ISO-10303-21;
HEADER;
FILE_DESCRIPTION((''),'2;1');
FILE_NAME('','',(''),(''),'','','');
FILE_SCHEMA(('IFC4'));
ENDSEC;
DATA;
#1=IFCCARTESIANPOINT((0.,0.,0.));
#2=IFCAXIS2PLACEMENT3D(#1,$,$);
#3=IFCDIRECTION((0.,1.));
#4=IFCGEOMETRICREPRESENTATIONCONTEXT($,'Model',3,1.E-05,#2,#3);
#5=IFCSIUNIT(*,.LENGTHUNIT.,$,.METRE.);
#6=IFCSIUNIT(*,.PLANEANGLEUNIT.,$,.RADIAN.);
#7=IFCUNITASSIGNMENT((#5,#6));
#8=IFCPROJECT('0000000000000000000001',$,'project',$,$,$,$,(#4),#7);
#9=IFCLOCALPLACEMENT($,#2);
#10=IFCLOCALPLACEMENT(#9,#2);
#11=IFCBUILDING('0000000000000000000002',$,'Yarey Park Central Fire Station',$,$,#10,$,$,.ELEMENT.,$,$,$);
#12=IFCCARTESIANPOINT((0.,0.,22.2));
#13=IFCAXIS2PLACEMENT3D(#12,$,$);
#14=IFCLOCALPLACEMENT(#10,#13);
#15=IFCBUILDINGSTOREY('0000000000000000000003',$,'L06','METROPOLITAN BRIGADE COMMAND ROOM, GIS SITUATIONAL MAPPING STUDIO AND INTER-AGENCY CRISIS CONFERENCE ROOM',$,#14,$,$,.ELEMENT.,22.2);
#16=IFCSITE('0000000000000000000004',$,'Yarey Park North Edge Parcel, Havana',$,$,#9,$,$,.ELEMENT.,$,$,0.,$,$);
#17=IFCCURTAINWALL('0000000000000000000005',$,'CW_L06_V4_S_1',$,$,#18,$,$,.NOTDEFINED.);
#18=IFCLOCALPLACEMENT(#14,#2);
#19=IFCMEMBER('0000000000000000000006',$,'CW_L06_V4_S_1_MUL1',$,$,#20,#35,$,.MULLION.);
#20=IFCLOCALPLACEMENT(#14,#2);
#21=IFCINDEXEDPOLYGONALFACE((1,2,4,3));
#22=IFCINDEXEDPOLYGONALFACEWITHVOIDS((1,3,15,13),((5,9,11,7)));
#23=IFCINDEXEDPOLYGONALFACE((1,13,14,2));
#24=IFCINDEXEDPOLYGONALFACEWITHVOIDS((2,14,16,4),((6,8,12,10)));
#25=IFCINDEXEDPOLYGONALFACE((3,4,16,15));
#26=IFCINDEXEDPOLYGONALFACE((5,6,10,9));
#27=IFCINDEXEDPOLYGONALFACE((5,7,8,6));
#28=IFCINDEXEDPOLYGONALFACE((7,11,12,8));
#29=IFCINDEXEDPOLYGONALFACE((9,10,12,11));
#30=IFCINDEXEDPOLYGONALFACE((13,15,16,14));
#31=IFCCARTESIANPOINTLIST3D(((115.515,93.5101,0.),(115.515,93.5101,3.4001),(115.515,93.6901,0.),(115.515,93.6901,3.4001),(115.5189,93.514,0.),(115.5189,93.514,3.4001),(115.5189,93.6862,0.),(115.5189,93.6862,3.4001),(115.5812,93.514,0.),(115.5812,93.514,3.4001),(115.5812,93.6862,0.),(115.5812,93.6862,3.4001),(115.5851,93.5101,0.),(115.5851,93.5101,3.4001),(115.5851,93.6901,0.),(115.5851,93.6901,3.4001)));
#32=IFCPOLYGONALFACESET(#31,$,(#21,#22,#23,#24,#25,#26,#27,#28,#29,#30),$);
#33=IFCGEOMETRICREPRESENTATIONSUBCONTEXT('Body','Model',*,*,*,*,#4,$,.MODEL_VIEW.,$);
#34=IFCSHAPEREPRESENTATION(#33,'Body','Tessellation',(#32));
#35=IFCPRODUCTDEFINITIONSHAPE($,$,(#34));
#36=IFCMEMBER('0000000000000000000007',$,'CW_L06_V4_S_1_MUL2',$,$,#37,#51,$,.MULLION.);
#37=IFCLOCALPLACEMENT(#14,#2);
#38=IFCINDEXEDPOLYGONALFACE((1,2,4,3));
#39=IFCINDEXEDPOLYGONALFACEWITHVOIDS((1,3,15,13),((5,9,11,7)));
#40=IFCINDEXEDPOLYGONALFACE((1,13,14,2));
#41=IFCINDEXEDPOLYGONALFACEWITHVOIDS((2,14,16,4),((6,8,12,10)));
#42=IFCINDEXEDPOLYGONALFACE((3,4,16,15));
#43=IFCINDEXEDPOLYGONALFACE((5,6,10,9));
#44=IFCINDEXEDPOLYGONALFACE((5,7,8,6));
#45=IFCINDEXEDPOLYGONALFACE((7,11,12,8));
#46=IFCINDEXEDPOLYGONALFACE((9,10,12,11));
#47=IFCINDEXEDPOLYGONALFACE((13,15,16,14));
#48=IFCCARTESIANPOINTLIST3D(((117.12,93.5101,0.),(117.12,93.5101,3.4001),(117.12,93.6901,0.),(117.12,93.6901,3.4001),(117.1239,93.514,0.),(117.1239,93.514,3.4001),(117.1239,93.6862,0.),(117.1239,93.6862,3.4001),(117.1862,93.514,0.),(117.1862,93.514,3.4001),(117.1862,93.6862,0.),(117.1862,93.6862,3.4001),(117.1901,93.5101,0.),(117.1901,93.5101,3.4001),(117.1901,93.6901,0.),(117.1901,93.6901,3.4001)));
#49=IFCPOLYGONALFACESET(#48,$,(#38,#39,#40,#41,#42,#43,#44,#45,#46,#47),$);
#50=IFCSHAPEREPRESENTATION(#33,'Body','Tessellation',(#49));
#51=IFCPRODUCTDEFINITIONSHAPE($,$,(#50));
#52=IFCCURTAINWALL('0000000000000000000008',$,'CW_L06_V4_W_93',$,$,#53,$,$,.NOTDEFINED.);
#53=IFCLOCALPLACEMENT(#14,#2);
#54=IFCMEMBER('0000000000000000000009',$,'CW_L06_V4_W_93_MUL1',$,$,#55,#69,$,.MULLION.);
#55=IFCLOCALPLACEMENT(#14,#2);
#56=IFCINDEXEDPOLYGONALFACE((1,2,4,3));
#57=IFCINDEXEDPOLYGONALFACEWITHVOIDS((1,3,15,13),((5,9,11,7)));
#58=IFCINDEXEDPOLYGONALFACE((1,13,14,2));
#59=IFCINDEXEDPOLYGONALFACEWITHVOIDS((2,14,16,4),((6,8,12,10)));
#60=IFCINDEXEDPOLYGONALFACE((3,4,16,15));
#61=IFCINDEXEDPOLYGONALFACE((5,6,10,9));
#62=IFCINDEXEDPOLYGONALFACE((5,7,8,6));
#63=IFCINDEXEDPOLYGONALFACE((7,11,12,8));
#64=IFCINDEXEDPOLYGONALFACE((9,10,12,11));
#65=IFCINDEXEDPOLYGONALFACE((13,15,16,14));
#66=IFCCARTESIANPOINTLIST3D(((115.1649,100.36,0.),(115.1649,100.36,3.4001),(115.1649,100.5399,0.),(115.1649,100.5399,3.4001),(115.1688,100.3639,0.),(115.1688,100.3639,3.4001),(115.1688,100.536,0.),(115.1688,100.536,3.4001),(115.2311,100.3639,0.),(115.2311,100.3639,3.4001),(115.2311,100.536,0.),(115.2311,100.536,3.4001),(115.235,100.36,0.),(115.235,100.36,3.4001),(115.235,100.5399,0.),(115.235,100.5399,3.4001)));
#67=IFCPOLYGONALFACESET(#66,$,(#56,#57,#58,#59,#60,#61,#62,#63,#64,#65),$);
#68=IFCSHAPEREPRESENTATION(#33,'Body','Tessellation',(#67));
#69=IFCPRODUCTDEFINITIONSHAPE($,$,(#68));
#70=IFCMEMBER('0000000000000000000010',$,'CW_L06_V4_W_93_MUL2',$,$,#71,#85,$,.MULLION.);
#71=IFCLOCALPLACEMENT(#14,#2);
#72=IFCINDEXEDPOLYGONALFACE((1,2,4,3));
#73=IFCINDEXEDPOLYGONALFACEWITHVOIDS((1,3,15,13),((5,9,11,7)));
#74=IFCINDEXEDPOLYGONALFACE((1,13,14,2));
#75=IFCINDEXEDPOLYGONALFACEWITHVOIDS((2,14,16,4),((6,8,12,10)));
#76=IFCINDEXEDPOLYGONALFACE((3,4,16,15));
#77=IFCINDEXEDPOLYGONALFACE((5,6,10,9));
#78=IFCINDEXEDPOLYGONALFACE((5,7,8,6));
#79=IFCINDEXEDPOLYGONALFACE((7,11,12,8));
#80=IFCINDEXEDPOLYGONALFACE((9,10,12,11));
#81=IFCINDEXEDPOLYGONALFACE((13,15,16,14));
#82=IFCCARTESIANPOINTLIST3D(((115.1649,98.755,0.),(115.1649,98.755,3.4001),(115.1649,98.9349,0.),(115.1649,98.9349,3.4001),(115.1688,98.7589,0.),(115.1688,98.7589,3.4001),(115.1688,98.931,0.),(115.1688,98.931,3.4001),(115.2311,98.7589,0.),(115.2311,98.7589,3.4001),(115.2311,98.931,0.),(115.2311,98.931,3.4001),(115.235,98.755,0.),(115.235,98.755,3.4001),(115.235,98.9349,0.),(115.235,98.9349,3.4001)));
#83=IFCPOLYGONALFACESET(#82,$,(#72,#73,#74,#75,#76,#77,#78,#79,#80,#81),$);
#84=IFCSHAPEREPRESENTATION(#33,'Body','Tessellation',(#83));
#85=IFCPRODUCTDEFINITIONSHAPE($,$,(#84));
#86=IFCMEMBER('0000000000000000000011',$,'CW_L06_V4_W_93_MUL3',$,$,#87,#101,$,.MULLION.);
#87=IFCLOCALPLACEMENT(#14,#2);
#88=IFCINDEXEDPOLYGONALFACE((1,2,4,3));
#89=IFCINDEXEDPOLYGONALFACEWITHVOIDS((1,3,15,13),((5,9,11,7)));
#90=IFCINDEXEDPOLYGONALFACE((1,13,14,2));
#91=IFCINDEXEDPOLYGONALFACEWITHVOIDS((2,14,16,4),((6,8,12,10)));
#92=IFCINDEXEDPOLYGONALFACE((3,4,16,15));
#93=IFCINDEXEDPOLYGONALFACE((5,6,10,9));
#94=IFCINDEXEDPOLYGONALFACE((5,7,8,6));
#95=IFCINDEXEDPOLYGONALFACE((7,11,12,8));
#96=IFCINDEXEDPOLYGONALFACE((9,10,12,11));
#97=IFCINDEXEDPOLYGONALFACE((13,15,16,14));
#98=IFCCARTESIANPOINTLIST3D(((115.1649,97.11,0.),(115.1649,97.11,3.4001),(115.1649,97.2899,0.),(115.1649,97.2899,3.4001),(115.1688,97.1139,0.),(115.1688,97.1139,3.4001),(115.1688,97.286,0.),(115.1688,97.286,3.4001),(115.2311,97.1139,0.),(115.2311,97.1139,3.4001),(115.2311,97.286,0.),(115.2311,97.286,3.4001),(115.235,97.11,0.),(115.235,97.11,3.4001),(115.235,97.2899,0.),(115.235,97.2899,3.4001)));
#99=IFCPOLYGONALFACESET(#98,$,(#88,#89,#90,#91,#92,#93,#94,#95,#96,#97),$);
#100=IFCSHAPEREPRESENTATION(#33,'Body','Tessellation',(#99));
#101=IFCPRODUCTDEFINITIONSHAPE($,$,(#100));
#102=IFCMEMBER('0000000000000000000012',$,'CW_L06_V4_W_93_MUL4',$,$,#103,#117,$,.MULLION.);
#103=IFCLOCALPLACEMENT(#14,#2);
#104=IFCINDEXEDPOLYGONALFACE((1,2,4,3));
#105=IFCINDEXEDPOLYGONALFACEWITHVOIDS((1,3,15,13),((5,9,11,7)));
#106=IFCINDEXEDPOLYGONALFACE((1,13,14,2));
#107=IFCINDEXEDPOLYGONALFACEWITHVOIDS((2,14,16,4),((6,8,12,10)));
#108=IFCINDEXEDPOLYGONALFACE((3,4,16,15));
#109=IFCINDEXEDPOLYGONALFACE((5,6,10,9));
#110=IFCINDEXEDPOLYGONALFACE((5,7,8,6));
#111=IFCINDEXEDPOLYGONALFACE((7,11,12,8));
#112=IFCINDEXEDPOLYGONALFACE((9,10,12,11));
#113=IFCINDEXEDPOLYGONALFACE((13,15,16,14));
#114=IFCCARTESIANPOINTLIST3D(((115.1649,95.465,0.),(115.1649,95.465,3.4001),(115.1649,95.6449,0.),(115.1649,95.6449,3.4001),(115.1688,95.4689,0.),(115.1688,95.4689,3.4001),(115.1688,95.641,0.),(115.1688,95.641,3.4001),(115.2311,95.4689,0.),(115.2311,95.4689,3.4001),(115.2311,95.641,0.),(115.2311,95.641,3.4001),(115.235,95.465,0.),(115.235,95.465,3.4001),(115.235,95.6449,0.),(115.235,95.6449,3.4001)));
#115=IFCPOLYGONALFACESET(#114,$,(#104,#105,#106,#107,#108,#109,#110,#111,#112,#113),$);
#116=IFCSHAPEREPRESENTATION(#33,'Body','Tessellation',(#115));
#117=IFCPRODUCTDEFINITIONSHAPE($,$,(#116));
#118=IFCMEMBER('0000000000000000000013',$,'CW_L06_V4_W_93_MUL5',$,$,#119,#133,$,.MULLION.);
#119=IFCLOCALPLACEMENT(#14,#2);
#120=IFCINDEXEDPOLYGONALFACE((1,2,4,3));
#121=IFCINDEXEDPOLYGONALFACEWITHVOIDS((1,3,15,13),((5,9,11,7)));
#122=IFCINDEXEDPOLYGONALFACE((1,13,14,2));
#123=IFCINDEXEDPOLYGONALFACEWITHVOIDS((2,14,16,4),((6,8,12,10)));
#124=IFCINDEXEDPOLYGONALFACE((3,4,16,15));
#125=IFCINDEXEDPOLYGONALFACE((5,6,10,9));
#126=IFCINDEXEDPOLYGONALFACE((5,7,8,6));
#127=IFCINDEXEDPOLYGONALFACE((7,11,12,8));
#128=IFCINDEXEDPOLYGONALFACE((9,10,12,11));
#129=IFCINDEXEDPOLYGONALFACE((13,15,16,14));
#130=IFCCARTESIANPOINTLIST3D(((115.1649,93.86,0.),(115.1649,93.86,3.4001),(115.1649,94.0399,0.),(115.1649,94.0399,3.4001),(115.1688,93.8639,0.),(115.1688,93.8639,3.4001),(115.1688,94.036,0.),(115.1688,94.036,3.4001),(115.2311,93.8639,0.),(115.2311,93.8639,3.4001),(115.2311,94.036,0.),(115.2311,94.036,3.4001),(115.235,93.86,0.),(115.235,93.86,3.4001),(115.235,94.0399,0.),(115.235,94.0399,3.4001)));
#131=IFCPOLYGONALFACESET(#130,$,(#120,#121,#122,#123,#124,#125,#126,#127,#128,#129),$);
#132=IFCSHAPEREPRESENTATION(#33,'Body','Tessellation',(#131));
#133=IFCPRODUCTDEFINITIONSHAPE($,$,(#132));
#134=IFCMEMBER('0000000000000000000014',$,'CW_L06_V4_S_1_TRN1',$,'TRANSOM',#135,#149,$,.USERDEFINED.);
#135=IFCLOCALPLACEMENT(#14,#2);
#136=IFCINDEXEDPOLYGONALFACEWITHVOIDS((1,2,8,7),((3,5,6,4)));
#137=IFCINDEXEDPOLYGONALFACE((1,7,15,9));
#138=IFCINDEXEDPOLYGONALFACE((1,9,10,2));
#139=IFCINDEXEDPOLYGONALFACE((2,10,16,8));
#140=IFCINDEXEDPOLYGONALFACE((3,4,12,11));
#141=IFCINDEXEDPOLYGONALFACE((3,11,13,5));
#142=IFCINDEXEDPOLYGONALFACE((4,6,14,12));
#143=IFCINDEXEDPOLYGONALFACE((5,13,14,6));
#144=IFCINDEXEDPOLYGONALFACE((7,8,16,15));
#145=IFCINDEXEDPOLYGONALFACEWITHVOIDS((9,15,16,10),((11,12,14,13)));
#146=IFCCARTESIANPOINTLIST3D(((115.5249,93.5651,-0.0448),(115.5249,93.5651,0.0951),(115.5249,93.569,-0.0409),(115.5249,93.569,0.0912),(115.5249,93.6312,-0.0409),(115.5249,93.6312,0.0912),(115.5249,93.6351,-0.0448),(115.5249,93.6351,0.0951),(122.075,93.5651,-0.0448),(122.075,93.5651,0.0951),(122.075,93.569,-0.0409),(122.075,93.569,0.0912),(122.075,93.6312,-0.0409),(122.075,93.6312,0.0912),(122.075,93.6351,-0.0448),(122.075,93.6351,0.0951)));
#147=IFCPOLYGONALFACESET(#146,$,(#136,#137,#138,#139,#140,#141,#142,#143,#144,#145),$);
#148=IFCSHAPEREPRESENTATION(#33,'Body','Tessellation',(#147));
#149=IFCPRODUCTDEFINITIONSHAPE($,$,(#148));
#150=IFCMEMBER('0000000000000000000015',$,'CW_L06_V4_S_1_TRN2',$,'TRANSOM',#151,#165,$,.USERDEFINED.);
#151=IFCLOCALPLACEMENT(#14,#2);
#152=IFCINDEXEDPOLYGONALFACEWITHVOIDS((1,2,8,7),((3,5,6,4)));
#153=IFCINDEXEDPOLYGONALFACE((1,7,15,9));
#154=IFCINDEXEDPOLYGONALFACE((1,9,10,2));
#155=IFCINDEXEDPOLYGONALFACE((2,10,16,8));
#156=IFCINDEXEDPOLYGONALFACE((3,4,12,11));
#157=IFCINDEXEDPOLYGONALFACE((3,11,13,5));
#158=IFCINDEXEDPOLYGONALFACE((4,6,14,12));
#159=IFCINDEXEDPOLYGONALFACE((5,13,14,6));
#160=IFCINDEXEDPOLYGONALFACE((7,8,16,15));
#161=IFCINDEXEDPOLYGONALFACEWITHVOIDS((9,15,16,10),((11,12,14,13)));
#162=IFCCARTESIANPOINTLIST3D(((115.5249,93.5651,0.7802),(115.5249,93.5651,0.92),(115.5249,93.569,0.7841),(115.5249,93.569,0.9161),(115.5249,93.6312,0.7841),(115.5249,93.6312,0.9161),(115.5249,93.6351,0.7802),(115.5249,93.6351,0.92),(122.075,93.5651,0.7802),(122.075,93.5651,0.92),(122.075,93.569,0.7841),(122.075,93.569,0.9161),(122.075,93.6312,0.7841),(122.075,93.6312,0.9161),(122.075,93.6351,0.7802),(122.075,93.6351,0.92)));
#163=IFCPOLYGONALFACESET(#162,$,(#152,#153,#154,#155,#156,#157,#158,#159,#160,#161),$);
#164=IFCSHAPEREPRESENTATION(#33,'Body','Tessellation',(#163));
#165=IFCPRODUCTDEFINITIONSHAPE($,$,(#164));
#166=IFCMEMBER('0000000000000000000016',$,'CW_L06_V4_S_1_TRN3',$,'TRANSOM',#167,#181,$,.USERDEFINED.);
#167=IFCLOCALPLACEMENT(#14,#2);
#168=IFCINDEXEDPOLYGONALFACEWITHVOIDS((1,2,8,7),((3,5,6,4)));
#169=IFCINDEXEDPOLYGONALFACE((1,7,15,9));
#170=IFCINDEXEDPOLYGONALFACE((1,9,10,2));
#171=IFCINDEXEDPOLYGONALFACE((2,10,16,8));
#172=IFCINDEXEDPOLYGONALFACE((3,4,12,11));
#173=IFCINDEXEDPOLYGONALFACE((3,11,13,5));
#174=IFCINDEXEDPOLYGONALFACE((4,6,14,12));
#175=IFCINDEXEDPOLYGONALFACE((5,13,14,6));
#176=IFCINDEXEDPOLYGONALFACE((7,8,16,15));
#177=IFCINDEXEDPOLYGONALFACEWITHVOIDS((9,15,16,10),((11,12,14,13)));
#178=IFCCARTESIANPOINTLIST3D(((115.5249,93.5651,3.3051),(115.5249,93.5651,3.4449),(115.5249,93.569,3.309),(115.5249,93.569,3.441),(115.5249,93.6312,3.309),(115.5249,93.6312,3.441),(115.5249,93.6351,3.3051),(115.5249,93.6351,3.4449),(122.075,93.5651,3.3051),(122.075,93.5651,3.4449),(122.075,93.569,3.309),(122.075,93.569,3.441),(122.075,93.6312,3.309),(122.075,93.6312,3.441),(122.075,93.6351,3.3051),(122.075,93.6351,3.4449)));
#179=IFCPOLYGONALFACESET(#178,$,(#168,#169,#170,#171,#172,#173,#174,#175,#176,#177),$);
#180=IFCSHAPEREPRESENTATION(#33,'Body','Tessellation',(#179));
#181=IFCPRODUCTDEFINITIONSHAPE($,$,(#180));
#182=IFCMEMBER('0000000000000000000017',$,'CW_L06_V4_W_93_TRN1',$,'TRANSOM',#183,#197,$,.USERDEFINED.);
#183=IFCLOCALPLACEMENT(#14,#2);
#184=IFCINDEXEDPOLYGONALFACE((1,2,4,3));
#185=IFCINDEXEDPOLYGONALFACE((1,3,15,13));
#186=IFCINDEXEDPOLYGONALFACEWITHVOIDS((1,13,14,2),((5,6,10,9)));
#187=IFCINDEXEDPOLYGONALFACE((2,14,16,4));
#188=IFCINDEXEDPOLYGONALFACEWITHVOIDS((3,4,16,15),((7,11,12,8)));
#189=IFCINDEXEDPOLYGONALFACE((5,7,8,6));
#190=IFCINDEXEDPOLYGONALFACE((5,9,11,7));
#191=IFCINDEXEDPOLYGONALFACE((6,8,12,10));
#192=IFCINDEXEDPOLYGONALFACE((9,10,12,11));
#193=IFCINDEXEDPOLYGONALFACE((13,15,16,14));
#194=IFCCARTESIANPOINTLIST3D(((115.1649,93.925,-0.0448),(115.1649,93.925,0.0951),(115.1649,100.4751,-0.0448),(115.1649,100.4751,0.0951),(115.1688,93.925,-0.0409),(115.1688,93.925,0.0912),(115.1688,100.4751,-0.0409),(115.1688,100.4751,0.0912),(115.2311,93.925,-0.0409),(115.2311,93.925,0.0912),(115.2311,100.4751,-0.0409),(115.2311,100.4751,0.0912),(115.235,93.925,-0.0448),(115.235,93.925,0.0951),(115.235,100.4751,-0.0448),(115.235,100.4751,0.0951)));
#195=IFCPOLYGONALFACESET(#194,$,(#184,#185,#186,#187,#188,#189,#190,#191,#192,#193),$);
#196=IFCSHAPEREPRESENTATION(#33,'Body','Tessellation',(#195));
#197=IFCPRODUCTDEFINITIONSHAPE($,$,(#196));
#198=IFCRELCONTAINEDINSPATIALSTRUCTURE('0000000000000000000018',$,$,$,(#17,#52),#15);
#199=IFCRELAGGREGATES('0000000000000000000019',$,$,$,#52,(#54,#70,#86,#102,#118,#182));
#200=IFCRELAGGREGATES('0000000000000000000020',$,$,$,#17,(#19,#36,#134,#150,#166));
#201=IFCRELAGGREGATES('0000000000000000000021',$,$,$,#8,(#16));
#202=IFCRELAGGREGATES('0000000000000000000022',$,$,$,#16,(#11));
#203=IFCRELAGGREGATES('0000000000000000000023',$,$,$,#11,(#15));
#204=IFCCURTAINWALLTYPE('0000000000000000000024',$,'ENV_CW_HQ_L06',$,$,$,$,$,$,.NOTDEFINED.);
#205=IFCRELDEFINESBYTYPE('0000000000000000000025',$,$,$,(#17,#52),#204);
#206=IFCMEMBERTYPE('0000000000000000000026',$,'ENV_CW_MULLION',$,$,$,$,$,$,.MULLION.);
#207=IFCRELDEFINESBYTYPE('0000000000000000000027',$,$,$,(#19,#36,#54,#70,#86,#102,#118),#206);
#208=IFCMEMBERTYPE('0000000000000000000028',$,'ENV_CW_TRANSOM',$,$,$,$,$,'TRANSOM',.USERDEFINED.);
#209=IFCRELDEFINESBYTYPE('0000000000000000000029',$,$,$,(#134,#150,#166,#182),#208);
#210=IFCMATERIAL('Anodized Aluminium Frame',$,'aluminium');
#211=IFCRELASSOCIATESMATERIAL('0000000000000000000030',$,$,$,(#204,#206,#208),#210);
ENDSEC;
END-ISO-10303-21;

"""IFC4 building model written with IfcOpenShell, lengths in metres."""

from ifc_helpers import new_model, si_unit, direction, frame, origin, origin_2d, place, context, subcontext, project, spatial, hollow_rectangle, extrude, material, material_profile, profile_set, type_object, element, aggregate, save


model = new_model("IFC4")

# Units and contexts
model_context = context("Model", 3, precision=1e-05, world=origin(), true_north=direction((0.0, 1.0)))
body_context = subcontext(model_context, "Body", "Model", "MODEL_VIEW")
ifc_project = project(units=[si_unit("LENGTHUNIT", "METRE"), si_unit("PLANEANGLEUNIT", "RADIAN")], contexts=[model_context])

# Site, building, storey
site_placement = place(None, origin())
site = spatial("IfcSite", under=ifc_project, at=site_placement, Name="Yarey Park North Edge Parcel, Havana", CompositionType="ELEMENT", RefElevation=0.0)
building_placement = place(site_placement, origin())
building = spatial("IfcBuilding", under=site, at=building_placement, Name="Yarey Park Central Fire Station", CompositionType="ELEMENT")
storey_placement = place(building_placement, frame((0.0, 0.0, 22.2)))
storey = spatial("IfcBuildingStorey", under=building, at=storey_placement, Name="L06", Description="METROPOLITAN BRIGADE COMMAND ROOM, GIS SITUATIONAL MAPPING STUDIO AND INTER-AGENCY CRISIS CONFERENCE ROOM", CompositionType="ELEMENT", Elevation=22.2)

# Curtain walls, members
ifc_material_1 = material(Name="Anodized Aluminium Frame", Category="aluminium")
curtain_wall_type = type_object("IfcCurtainWallType", Name="ENV_CW_HQ_L06", PredefinedType="NOTDEFINED", material=ifc_material_1)
curtain_wall_1_placement = place(storey_placement, origin())
curtain_wall_1 = element("IfcCurtainWall", 1, at=curtain_wall_1_placement, inside=storey, type_object=curtain_wall_type, Name="CW_L06_V4_S_1", PredefinedType="NOTDEFINED")
ifc_material_profile_1 = material_profile(ifc_material_1, hollow_rectangle(XDim=0.0701, YDim=0.1799, WallThickness=0.0039, at=origin_2d()), Name="ALU 180x70x4")
ifc_profile_set_1 = profile_set([ifc_material_profile_1], Name="Anodized Aluminium Frame")
member_type_1 = type_object("IfcMemberType", Name="ENV_CW_MULLION", PredefinedType="MULLION", material=ifc_profile_set_1)
member_1_placement = place(storey_placement, frame((115.55, 93.6001, 0.0), z_axis=(0.0, 0.0, 1.0), x_axis=(1.0, 0.0, 0.0)))
member_1 = element("IfcMember", 2, at=member_1_placement, type_object=member_type_1, Name="CW_L06_V4_S_1_MUL1", PredefinedType="MULLION", context=body_context, shape_type="SweptSolid", body=[
    extrude(hollow_rectangle(XDim=0.0701, YDim=0.1799, WallThickness=0.0039, at=origin_2d()), origin(), (0.0, 0.0, 1.0), 3.4001),
])
member_2_placement = place(storey_placement, frame((117.155, 93.6001, 0.0), z_axis=(0.0, 0.0, 1.0), x_axis=(1.0, 0.0, 0.0)))
member_2 = element("IfcMember", 3, at=member_2_placement, type_object=member_type_1, Name="CW_L06_V4_S_1_MUL2", PredefinedType="MULLION", context=body_context, shape_type="SweptSolid", body=[
    extrude(hollow_rectangle(XDim=0.0701, YDim=0.1799, WallThickness=0.0039, at=origin_2d()), origin(), (0.0, 0.0, 1.0), 3.4001),
])
curtain_wall_2_placement = place(storey_placement, origin())
curtain_wall_2 = element("IfcCurtainWall", 4, at=curtain_wall_2_placement, inside=storey, type_object=curtain_wall_type, Name="CW_L06_V4_W_93", PredefinedType="NOTDEFINED")
member_3_placement = place(storey_placement, frame((115.2, 100.45, 0.0), z_axis=(0.0, 0.0, 1.0), x_axis=(1.0, 0.0, 0.0)))
member_3 = element("IfcMember", 5, at=member_3_placement, type_object=member_type_1, Name="CW_L06_V4_W_93_MUL1", PredefinedType="MULLION", context=body_context, shape_type="SweptSolid", body=[
    extrude(hollow_rectangle(XDim=0.0701, YDim=0.1799, WallThickness=0.0039, at=origin_2d()), origin(), (0.0, 0.0, 1.0), 3.4001),
])
member_4_placement = place(storey_placement, frame((115.2, 98.845, 0.0), z_axis=(0.0, 0.0, 1.0), x_axis=(1.0, 0.0, 0.0)))
member_4 = element("IfcMember", 6, at=member_4_placement, type_object=member_type_1, Name="CW_L06_V4_W_93_MUL2", PredefinedType="MULLION", context=body_context, shape_type="SweptSolid", body=[
    extrude(hollow_rectangle(XDim=0.0701, YDim=0.1799, WallThickness=0.0039, at=origin_2d()), origin(), (0.0, 0.0, 1.0), 3.4001),
])
member_5_placement = place(storey_placement, frame((115.2, 97.2, 0.0), z_axis=(0.0, 0.0, 1.0), x_axis=(1.0, 0.0, 0.0)))
member_5 = element("IfcMember", 7, at=member_5_placement, type_object=member_type_1, Name="CW_L06_V4_W_93_MUL3", PredefinedType="MULLION", context=body_context, shape_type="SweptSolid", body=[
    extrude(hollow_rectangle(XDim=0.0701, YDim=0.1799, WallThickness=0.0039, at=origin_2d()), origin(), (0.0, 0.0, 1.0), 3.4001),
])
member_6_placement = place(storey_placement, frame((115.2, 95.5549, 0.0), z_axis=(0.0, 0.0, 1.0), x_axis=(1.0, 0.0, 0.0)))
member_6 = element("IfcMember", 8, at=member_6_placement, type_object=member_type_1, Name="CW_L06_V4_W_93_MUL4", PredefinedType="MULLION", context=body_context, shape_type="SweptSolid", body=[
    extrude(hollow_rectangle(XDim=0.0701, YDim=0.1799, WallThickness=0.0039, at=origin_2d()), origin(), (0.0, 0.0, 1.0), 3.4001),
])
member_7_placement = place(storey_placement, frame((115.2, 93.95, 0.0), z_axis=(0.0, 0.0, 1.0), x_axis=(1.0, 0.0, 0.0)))
member_7 = element("IfcMember", 9, at=member_7_placement, type_object=member_type_1, Name="CW_L06_V4_W_93_MUL5", PredefinedType="MULLION", context=body_context, shape_type="SweptSolid", body=[
    extrude(hollow_rectangle(XDim=0.0701, YDim=0.1799, WallThickness=0.0039, at=origin_2d()), origin(), (0.0, 0.0, 1.0), 3.4001),
])

# Members
ifc_material_profile_2 = material_profile(ifc_material_1, hollow_rectangle(XDim=0.0701, YDim=0.1399, WallThickness=0.0039, at=origin_2d()), Name="ALU 140x70x4")
ifc_profile_set_2 = profile_set([ifc_material_profile_2], Name="Anodized Aluminium Frame")
member_type_2 = type_object("IfcMemberType", Name="ENV_CW_TRANSOM", ElementType="TRANSOM", PredefinedType="USERDEFINED", material=ifc_profile_set_2)
member_8_placement = place(storey_placement, frame((115.5249, 93.6001, 0.0251), z_axis=(1.0, 0.0, 0.0), x_axis=(0.0, 1.0, 0.0)))
member_8 = element("IfcMember", 10, at=member_8_placement, type_object=member_type_2, Name="CW_L06_V4_S_1_TRN1", ObjectType="TRANSOM", PredefinedType="USERDEFINED", context=body_context, shape_type="SweptSolid", body=[
    extrude(hollow_rectangle(XDim=0.0701, YDim=0.1399, WallThickness=0.0039, at=origin_2d()), origin(), (0.0, 0.0, 1.0), 6.55),
])
member_9_placement = place(storey_placement, frame((115.5249, 93.6001, 0.8501), z_axis=(1.0, 0.0, 0.0), x_axis=(0.0, 1.0, 0.0)))
member_9 = element("IfcMember", 11, at=member_9_placement, type_object=member_type_2, Name="CW_L06_V4_S_1_TRN2", ObjectType="TRANSOM", PredefinedType="USERDEFINED", context=body_context, shape_type="SweptSolid", body=[
    extrude(hollow_rectangle(XDim=0.0701, YDim=0.1399, WallThickness=0.0039, at=origin_2d()), origin(), (0.0, 0.0, 1.0), 6.55),
])
member_10_placement = place(storey_placement, frame((115.5249, 93.6001, 3.375), z_axis=(1.0, 0.0, 0.0), x_axis=(0.0, 1.0, 0.0)))
member_10 = element("IfcMember", 12, at=member_10_placement, type_object=member_type_2, Name="CW_L06_V4_S_1_TRN3", ObjectType="TRANSOM", PredefinedType="USERDEFINED", context=body_context, shape_type="SweptSolid", body=[
    extrude(hollow_rectangle(XDim=0.0701, YDim=0.1399, WallThickness=0.0039, at=origin_2d()), origin(), (0.0, 0.0, 1.0), 6.55),
])
member_11_placement = place(storey_placement, frame((115.2, 100.4751, 0.0251), z_axis=(0.0, -1.0, 0.0), x_axis=(1.0, 0.0, 0.0)))
member_11 = element("IfcMember", 13, at=member_11_placement, type_object=member_type_2, Name="CW_L06_V4_W_93_TRN1", ObjectType="TRANSOM", PredefinedType="USERDEFINED", context=body_context, shape_type="SweptSolid", body=[
    extrude(hollow_rectangle(XDim=0.0701, YDim=0.1399, WallThickness=0.0039, at=origin_2d()), origin(), (0.0, 0.0, 1.0), 6.55),
])

aggregate(curtain_wall_2, [member_3, member_4, member_5, member_6, member_7, member_11])
aggregate(curtain_wall_1, [member_1, member_2, member_8, member_9, member_10])

save(model, "model.ifc")
